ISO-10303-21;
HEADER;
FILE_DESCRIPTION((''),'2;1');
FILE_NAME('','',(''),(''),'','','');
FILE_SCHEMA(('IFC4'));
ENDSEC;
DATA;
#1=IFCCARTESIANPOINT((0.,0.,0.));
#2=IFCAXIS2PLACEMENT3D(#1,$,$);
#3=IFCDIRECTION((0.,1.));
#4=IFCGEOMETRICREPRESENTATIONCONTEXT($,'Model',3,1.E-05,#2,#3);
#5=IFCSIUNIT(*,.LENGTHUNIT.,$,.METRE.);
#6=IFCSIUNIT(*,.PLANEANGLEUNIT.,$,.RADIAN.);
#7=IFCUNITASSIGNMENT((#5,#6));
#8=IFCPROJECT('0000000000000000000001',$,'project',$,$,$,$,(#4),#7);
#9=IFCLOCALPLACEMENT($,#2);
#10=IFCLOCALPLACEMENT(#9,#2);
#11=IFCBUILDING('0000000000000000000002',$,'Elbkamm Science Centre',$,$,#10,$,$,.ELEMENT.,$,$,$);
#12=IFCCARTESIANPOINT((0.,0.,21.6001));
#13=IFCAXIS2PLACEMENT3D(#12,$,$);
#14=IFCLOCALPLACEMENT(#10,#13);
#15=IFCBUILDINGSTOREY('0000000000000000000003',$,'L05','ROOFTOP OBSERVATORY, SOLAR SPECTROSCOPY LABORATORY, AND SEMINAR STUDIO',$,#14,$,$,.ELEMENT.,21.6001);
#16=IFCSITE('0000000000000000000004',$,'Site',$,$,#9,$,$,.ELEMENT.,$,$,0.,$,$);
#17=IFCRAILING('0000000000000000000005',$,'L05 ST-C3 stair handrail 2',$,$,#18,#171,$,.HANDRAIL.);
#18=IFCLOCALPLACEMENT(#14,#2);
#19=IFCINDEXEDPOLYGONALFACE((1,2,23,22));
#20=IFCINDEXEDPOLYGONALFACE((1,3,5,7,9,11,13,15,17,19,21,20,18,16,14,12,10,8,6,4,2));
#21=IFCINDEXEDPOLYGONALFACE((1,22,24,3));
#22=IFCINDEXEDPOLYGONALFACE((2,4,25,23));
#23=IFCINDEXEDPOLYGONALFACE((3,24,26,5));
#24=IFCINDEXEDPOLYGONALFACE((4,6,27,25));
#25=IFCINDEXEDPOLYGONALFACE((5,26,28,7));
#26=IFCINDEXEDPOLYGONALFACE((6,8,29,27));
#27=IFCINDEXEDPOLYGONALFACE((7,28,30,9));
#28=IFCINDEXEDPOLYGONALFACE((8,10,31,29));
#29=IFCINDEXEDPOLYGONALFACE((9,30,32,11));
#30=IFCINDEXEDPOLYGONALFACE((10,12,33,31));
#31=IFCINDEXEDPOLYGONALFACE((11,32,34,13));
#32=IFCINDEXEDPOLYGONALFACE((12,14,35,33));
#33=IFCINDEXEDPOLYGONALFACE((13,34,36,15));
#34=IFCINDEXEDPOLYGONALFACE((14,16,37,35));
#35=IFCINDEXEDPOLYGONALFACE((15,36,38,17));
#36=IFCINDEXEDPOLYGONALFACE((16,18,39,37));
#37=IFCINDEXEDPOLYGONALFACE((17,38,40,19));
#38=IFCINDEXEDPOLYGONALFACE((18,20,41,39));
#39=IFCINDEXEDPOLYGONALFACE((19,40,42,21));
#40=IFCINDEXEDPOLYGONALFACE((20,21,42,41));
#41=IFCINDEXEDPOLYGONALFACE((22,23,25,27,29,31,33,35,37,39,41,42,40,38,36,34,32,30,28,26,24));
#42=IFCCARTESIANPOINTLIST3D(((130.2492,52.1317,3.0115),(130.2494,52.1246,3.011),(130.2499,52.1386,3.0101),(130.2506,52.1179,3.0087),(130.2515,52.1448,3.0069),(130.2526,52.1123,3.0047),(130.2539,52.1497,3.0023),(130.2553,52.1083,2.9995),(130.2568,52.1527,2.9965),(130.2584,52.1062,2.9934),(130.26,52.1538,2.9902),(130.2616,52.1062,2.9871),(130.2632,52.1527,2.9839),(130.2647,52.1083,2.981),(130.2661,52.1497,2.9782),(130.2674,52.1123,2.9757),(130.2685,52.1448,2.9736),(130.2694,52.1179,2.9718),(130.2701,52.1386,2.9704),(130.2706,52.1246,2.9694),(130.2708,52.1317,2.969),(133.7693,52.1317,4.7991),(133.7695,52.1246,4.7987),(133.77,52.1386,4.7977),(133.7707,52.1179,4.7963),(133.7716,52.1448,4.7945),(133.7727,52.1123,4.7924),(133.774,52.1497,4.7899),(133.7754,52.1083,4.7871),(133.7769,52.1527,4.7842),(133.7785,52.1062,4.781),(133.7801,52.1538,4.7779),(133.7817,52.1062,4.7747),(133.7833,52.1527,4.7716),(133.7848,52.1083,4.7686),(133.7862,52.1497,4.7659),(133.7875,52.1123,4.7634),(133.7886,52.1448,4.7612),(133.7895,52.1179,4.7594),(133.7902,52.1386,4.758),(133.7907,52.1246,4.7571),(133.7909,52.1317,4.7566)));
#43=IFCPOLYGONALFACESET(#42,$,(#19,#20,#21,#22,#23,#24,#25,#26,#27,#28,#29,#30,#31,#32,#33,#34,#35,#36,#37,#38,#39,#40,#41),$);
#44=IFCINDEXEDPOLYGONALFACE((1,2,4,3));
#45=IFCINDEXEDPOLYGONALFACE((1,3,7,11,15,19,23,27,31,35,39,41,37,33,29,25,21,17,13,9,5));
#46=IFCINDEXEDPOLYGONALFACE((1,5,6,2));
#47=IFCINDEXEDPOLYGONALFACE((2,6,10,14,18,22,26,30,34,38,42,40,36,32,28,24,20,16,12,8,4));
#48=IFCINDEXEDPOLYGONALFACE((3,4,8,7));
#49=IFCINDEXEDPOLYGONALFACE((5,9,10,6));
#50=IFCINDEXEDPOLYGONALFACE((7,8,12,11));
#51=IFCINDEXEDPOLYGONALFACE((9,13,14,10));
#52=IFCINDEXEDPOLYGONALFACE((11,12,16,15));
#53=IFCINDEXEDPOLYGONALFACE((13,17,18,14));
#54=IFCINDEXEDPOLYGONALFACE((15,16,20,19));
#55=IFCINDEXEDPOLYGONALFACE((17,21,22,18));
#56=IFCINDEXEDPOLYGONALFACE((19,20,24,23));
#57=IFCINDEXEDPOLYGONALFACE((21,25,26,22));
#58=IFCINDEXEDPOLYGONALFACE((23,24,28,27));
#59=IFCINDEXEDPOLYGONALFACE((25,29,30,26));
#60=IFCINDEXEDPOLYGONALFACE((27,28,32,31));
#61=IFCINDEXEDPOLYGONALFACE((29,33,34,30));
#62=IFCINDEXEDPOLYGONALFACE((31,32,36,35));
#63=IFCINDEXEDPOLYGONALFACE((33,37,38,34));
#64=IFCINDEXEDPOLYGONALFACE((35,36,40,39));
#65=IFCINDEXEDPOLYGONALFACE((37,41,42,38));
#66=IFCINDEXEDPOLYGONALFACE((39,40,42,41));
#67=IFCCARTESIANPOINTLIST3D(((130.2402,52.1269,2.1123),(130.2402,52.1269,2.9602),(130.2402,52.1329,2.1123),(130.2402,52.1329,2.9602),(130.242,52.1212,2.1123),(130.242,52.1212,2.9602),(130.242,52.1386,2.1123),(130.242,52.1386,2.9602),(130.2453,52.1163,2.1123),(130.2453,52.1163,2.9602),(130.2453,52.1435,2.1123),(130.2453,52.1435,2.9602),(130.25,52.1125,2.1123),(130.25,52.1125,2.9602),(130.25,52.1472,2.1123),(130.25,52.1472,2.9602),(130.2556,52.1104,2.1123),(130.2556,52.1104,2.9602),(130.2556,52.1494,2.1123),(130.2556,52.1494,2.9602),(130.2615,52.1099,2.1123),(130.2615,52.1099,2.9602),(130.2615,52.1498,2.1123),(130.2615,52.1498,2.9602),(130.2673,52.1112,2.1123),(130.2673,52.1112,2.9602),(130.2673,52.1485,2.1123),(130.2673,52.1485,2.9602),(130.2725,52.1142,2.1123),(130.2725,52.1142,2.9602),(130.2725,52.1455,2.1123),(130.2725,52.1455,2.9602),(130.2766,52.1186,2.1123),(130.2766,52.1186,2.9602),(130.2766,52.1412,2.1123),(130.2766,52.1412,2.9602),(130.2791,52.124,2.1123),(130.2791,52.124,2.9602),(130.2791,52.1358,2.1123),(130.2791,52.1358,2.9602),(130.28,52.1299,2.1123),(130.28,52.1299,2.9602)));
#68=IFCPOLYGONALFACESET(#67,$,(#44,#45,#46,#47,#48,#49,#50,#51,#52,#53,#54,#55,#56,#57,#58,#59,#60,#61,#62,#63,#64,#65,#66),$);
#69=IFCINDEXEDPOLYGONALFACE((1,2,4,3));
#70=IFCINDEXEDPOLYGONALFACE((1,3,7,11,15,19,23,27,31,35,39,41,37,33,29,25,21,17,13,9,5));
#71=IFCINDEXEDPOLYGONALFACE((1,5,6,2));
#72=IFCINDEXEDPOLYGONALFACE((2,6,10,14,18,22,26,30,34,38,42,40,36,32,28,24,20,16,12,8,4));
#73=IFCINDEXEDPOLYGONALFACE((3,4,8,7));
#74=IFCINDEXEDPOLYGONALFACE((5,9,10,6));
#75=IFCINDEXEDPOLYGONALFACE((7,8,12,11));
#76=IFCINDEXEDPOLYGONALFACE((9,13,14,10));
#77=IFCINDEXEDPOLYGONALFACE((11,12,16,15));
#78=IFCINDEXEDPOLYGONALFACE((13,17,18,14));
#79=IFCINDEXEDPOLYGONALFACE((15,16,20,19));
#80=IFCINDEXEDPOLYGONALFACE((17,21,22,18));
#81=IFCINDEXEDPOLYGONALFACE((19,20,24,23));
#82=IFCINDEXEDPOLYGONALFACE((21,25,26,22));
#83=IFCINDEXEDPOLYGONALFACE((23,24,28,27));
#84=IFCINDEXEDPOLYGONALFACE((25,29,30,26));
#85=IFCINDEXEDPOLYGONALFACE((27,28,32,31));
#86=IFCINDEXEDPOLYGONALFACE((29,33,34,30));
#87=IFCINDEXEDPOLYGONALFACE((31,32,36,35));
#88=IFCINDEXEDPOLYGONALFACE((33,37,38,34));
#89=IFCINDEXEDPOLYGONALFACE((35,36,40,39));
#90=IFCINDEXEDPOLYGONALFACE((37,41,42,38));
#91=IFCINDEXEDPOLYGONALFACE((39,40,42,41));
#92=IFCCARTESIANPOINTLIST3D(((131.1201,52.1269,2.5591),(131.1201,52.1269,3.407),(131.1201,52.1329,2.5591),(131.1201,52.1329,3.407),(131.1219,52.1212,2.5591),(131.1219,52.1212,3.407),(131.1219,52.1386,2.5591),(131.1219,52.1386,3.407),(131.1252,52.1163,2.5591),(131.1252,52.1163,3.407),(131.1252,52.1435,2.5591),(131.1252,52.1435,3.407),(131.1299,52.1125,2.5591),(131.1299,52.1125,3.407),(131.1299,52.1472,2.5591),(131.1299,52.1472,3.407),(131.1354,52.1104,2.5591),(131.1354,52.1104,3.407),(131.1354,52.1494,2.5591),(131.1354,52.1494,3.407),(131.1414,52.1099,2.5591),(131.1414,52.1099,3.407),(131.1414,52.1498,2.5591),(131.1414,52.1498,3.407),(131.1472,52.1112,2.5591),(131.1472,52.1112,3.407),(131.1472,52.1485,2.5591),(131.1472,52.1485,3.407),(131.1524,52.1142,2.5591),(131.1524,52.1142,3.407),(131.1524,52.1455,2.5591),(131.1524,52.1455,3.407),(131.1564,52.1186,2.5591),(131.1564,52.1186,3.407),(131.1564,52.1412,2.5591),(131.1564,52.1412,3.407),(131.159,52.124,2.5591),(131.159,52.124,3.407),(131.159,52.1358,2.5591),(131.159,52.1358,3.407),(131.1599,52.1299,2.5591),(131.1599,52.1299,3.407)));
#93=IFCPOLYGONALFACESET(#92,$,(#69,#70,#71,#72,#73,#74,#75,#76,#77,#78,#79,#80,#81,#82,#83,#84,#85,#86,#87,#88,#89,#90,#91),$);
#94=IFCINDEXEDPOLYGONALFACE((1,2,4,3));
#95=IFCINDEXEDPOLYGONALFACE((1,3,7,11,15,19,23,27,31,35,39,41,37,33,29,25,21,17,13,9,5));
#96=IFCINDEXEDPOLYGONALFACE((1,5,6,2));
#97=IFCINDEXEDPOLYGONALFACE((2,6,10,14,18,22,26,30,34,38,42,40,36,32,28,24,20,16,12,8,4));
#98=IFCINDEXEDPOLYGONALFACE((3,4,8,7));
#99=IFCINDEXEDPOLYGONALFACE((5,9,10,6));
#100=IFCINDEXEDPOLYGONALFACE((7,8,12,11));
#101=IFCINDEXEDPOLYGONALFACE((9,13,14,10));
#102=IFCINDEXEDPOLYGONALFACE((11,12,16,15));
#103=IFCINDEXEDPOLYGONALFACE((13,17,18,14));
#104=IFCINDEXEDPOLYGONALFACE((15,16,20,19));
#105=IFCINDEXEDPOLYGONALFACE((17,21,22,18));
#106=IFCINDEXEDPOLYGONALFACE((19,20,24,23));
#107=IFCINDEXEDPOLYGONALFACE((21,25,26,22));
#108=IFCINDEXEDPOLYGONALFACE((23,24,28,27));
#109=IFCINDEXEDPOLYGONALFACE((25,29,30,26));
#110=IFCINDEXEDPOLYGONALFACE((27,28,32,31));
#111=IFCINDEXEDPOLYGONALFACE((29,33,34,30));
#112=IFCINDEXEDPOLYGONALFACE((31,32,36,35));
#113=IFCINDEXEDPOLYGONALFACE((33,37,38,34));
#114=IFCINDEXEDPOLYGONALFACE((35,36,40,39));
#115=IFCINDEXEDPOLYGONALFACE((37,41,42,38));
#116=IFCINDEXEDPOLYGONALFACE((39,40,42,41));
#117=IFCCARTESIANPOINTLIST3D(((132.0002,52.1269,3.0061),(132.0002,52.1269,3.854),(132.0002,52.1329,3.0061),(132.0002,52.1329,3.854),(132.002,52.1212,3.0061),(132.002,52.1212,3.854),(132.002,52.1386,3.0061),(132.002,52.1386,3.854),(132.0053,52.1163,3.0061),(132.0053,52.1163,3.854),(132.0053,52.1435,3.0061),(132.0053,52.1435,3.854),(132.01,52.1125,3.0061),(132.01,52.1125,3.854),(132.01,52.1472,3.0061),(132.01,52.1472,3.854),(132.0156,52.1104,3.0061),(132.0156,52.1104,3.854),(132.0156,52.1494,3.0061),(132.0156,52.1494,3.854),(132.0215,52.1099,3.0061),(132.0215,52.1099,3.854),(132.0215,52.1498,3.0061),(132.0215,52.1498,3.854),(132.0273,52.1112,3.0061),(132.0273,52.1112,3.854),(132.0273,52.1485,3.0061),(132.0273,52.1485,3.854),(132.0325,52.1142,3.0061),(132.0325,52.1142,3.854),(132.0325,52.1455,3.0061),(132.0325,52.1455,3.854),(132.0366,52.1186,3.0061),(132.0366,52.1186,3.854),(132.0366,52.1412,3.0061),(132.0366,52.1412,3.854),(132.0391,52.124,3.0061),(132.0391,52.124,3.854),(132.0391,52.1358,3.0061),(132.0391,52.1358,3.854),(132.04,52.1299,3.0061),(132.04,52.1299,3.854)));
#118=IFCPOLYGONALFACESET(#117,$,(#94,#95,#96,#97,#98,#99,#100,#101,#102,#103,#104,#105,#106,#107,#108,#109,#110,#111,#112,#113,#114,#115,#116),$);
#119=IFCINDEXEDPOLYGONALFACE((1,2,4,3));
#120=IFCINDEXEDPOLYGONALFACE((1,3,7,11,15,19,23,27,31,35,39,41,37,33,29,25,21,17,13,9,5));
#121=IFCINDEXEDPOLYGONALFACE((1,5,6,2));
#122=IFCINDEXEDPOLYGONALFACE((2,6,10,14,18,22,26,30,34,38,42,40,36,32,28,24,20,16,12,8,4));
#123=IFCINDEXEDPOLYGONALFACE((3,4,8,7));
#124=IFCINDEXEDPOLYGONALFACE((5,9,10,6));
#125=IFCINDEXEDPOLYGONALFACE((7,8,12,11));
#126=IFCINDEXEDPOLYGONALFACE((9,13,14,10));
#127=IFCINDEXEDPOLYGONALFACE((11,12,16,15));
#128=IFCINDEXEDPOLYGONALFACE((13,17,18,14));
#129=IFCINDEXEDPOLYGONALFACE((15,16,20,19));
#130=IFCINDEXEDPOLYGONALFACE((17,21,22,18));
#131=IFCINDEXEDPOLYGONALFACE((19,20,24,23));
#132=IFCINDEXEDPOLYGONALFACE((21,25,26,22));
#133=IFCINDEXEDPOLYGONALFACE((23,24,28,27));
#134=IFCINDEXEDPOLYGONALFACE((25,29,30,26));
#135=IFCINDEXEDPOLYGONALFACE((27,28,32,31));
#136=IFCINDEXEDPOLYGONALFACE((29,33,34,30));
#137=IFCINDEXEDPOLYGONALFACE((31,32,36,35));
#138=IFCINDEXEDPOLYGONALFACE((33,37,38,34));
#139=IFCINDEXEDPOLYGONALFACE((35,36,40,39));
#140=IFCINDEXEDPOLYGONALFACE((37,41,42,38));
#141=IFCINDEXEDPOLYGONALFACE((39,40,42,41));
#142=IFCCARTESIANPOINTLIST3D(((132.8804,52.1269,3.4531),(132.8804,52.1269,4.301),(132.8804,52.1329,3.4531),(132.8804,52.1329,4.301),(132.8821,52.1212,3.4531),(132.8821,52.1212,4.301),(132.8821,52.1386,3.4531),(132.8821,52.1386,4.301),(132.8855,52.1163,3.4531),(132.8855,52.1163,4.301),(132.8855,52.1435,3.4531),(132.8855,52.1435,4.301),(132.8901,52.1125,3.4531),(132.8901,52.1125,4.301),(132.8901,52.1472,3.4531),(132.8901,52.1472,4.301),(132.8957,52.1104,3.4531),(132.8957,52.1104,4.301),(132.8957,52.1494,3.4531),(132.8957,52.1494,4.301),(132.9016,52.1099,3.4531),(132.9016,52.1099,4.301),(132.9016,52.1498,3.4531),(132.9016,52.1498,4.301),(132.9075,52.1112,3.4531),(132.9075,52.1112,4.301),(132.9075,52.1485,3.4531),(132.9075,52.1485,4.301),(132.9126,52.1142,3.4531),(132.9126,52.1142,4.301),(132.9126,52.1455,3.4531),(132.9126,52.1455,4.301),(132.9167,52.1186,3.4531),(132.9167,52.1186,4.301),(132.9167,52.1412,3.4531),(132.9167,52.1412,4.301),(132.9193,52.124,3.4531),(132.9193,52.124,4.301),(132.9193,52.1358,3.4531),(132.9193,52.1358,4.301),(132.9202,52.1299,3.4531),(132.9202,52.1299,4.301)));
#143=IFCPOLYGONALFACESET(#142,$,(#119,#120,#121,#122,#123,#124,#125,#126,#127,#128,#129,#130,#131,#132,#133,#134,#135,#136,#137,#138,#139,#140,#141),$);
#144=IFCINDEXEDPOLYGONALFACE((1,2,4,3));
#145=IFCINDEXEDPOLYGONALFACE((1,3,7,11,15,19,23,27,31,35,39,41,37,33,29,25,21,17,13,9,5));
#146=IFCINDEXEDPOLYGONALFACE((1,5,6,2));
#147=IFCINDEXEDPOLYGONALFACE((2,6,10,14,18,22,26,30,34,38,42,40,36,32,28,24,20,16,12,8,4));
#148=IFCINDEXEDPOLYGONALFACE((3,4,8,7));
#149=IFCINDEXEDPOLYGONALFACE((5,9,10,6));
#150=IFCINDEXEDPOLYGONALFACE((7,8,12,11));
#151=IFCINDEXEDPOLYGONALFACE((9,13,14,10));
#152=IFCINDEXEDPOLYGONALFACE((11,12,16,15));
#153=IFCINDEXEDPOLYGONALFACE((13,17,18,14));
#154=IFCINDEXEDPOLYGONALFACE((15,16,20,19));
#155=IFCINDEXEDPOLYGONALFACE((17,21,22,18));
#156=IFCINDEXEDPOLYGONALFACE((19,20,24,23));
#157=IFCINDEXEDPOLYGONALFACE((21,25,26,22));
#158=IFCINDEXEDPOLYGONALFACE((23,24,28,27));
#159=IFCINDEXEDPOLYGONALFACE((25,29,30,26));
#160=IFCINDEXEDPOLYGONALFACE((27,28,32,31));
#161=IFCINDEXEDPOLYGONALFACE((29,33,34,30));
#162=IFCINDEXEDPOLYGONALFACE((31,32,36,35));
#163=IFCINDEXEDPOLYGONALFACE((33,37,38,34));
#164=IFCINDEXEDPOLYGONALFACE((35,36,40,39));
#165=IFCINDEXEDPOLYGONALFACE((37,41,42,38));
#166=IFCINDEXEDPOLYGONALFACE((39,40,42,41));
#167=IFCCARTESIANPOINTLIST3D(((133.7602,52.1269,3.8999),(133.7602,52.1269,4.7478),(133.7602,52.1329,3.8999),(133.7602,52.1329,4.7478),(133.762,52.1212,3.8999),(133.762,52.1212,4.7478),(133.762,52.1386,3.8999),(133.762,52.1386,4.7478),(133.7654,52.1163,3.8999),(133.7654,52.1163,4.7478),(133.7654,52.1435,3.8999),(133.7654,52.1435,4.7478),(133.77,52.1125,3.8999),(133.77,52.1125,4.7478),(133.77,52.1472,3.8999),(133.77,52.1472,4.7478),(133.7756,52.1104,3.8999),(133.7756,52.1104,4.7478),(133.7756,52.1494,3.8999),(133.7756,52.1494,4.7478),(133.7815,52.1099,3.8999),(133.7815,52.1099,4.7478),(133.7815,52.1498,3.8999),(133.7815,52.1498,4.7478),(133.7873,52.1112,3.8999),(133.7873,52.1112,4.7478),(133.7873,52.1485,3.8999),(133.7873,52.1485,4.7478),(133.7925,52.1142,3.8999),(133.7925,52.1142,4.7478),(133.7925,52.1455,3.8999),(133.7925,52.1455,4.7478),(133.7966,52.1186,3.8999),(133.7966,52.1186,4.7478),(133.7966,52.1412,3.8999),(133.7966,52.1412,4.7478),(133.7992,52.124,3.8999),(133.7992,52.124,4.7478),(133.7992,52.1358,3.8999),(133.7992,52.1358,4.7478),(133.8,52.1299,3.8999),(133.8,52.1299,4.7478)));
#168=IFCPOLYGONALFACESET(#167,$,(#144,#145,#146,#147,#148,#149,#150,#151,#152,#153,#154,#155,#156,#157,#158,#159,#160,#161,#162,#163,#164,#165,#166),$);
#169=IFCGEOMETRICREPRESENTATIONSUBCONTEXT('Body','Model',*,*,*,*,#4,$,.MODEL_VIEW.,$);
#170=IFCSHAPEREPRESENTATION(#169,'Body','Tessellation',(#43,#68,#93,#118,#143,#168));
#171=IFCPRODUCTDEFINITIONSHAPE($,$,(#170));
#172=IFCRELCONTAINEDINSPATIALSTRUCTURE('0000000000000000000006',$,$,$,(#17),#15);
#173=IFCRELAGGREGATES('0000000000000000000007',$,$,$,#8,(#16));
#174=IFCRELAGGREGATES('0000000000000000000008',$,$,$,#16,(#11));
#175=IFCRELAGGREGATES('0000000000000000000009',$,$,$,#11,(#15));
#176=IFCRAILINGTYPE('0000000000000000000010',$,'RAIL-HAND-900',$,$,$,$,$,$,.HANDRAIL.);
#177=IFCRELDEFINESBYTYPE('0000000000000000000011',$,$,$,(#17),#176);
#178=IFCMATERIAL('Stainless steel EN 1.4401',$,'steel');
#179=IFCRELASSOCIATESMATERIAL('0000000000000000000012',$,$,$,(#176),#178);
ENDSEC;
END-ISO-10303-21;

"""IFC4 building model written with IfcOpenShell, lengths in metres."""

from ifc_helpers import new_model, si_unit, direction, frame, origin, origin_2d, place, context, subcontext, project, spatial, circle, extrude, material, type_object, element, save


model = new_model("IFC4")

# Units and contexts
model_context = context("Model", 3, precision=1e-05, world=origin(), true_north=direction((0.0, 1.0)))
body_context = subcontext(model_context, "Body", "Model", "MODEL_VIEW")
ifc_project = project(units=[si_unit("LENGTHUNIT", "METRE"), si_unit("PLANEANGLEUNIT", "RADIAN")], contexts=[model_context])

# Site, building, storey
site_placement = place(None, origin())
site = spatial("IfcSite", under=ifc_project, at=site_placement, Name="Site", CompositionType="ELEMENT", RefElevation=0.0)
building_placement = place(site_placement, origin())
building = spatial("IfcBuilding", under=site, at=building_placement, Name="Elbkamm Science Centre", CompositionType="ELEMENT")
storey_placement = place(building_placement, frame((0.0, 0.0, 21.6001)))
storey = spatial("IfcBuildingStorey", under=building, at=storey_placement, Name="L05", Description="ROOFTOP OBSERVATORY, SOLAR SPECTROSCOPY LABORATORY, AND SEMINAR STUDIO", CompositionType="ELEMENT", Elevation=21.6001)

# Railing
ifc_material_1 = material(Name="Stainless steel EN 1.4401", Category="steel")
railing_type_1 = type_object("IfcRailingType", Name="RAIL-HAND-900", PredefinedType="HANDRAIL", material=ifc_material_1)
railing_1_placement = place(storey_placement, frame((130.26, 52.1299, 2.1123)))
element("IfcRailing", 1, at=railing_1_placement, inside=storey, type_object=railing_type_1, Name="L05 ST-C3 stair handrail 2", PredefinedType="HANDRAIL", context=body_context, shape_type="SweptSolid", body=[
    extrude(circle(Radius=0.0239, at=origin_2d()), frame((0.0, 0.0, 0.8779), z_axis=(0.891615, 0.0, 0.452795), x_axis=(0.0, 1.0, 0.0)), (0.0, 0.0, 1.0), 3.948),
    extrude(circle(Radius=0.02, at=origin_2d()), origin(), (0.0, 0.0, 1.0), 0.8479),
    extrude(circle(Radius=0.02, at=origin_2d()), frame((0.8799, 0.0, 0.4468)), (0.0, 0.0, 1.0), 0.8479),
    extrude(circle(Radius=0.02, at=origin_2d()), frame((1.76, 0.0, 0.8938)), (0.0, 0.0, 1.0), 0.8479),
    extrude(circle(Radius=0.02, at=origin_2d()), frame((2.6401, 0.0, 1.3408)), (0.0, 0.0, 1.0), 0.8479),
    extrude(circle(Radius=0.02, at=origin_2d()), frame((3.52, 0.0, 1.7876)), (0.0, 0.0, 1.0), 0.8479),
])

save(model, "model.ifc")
